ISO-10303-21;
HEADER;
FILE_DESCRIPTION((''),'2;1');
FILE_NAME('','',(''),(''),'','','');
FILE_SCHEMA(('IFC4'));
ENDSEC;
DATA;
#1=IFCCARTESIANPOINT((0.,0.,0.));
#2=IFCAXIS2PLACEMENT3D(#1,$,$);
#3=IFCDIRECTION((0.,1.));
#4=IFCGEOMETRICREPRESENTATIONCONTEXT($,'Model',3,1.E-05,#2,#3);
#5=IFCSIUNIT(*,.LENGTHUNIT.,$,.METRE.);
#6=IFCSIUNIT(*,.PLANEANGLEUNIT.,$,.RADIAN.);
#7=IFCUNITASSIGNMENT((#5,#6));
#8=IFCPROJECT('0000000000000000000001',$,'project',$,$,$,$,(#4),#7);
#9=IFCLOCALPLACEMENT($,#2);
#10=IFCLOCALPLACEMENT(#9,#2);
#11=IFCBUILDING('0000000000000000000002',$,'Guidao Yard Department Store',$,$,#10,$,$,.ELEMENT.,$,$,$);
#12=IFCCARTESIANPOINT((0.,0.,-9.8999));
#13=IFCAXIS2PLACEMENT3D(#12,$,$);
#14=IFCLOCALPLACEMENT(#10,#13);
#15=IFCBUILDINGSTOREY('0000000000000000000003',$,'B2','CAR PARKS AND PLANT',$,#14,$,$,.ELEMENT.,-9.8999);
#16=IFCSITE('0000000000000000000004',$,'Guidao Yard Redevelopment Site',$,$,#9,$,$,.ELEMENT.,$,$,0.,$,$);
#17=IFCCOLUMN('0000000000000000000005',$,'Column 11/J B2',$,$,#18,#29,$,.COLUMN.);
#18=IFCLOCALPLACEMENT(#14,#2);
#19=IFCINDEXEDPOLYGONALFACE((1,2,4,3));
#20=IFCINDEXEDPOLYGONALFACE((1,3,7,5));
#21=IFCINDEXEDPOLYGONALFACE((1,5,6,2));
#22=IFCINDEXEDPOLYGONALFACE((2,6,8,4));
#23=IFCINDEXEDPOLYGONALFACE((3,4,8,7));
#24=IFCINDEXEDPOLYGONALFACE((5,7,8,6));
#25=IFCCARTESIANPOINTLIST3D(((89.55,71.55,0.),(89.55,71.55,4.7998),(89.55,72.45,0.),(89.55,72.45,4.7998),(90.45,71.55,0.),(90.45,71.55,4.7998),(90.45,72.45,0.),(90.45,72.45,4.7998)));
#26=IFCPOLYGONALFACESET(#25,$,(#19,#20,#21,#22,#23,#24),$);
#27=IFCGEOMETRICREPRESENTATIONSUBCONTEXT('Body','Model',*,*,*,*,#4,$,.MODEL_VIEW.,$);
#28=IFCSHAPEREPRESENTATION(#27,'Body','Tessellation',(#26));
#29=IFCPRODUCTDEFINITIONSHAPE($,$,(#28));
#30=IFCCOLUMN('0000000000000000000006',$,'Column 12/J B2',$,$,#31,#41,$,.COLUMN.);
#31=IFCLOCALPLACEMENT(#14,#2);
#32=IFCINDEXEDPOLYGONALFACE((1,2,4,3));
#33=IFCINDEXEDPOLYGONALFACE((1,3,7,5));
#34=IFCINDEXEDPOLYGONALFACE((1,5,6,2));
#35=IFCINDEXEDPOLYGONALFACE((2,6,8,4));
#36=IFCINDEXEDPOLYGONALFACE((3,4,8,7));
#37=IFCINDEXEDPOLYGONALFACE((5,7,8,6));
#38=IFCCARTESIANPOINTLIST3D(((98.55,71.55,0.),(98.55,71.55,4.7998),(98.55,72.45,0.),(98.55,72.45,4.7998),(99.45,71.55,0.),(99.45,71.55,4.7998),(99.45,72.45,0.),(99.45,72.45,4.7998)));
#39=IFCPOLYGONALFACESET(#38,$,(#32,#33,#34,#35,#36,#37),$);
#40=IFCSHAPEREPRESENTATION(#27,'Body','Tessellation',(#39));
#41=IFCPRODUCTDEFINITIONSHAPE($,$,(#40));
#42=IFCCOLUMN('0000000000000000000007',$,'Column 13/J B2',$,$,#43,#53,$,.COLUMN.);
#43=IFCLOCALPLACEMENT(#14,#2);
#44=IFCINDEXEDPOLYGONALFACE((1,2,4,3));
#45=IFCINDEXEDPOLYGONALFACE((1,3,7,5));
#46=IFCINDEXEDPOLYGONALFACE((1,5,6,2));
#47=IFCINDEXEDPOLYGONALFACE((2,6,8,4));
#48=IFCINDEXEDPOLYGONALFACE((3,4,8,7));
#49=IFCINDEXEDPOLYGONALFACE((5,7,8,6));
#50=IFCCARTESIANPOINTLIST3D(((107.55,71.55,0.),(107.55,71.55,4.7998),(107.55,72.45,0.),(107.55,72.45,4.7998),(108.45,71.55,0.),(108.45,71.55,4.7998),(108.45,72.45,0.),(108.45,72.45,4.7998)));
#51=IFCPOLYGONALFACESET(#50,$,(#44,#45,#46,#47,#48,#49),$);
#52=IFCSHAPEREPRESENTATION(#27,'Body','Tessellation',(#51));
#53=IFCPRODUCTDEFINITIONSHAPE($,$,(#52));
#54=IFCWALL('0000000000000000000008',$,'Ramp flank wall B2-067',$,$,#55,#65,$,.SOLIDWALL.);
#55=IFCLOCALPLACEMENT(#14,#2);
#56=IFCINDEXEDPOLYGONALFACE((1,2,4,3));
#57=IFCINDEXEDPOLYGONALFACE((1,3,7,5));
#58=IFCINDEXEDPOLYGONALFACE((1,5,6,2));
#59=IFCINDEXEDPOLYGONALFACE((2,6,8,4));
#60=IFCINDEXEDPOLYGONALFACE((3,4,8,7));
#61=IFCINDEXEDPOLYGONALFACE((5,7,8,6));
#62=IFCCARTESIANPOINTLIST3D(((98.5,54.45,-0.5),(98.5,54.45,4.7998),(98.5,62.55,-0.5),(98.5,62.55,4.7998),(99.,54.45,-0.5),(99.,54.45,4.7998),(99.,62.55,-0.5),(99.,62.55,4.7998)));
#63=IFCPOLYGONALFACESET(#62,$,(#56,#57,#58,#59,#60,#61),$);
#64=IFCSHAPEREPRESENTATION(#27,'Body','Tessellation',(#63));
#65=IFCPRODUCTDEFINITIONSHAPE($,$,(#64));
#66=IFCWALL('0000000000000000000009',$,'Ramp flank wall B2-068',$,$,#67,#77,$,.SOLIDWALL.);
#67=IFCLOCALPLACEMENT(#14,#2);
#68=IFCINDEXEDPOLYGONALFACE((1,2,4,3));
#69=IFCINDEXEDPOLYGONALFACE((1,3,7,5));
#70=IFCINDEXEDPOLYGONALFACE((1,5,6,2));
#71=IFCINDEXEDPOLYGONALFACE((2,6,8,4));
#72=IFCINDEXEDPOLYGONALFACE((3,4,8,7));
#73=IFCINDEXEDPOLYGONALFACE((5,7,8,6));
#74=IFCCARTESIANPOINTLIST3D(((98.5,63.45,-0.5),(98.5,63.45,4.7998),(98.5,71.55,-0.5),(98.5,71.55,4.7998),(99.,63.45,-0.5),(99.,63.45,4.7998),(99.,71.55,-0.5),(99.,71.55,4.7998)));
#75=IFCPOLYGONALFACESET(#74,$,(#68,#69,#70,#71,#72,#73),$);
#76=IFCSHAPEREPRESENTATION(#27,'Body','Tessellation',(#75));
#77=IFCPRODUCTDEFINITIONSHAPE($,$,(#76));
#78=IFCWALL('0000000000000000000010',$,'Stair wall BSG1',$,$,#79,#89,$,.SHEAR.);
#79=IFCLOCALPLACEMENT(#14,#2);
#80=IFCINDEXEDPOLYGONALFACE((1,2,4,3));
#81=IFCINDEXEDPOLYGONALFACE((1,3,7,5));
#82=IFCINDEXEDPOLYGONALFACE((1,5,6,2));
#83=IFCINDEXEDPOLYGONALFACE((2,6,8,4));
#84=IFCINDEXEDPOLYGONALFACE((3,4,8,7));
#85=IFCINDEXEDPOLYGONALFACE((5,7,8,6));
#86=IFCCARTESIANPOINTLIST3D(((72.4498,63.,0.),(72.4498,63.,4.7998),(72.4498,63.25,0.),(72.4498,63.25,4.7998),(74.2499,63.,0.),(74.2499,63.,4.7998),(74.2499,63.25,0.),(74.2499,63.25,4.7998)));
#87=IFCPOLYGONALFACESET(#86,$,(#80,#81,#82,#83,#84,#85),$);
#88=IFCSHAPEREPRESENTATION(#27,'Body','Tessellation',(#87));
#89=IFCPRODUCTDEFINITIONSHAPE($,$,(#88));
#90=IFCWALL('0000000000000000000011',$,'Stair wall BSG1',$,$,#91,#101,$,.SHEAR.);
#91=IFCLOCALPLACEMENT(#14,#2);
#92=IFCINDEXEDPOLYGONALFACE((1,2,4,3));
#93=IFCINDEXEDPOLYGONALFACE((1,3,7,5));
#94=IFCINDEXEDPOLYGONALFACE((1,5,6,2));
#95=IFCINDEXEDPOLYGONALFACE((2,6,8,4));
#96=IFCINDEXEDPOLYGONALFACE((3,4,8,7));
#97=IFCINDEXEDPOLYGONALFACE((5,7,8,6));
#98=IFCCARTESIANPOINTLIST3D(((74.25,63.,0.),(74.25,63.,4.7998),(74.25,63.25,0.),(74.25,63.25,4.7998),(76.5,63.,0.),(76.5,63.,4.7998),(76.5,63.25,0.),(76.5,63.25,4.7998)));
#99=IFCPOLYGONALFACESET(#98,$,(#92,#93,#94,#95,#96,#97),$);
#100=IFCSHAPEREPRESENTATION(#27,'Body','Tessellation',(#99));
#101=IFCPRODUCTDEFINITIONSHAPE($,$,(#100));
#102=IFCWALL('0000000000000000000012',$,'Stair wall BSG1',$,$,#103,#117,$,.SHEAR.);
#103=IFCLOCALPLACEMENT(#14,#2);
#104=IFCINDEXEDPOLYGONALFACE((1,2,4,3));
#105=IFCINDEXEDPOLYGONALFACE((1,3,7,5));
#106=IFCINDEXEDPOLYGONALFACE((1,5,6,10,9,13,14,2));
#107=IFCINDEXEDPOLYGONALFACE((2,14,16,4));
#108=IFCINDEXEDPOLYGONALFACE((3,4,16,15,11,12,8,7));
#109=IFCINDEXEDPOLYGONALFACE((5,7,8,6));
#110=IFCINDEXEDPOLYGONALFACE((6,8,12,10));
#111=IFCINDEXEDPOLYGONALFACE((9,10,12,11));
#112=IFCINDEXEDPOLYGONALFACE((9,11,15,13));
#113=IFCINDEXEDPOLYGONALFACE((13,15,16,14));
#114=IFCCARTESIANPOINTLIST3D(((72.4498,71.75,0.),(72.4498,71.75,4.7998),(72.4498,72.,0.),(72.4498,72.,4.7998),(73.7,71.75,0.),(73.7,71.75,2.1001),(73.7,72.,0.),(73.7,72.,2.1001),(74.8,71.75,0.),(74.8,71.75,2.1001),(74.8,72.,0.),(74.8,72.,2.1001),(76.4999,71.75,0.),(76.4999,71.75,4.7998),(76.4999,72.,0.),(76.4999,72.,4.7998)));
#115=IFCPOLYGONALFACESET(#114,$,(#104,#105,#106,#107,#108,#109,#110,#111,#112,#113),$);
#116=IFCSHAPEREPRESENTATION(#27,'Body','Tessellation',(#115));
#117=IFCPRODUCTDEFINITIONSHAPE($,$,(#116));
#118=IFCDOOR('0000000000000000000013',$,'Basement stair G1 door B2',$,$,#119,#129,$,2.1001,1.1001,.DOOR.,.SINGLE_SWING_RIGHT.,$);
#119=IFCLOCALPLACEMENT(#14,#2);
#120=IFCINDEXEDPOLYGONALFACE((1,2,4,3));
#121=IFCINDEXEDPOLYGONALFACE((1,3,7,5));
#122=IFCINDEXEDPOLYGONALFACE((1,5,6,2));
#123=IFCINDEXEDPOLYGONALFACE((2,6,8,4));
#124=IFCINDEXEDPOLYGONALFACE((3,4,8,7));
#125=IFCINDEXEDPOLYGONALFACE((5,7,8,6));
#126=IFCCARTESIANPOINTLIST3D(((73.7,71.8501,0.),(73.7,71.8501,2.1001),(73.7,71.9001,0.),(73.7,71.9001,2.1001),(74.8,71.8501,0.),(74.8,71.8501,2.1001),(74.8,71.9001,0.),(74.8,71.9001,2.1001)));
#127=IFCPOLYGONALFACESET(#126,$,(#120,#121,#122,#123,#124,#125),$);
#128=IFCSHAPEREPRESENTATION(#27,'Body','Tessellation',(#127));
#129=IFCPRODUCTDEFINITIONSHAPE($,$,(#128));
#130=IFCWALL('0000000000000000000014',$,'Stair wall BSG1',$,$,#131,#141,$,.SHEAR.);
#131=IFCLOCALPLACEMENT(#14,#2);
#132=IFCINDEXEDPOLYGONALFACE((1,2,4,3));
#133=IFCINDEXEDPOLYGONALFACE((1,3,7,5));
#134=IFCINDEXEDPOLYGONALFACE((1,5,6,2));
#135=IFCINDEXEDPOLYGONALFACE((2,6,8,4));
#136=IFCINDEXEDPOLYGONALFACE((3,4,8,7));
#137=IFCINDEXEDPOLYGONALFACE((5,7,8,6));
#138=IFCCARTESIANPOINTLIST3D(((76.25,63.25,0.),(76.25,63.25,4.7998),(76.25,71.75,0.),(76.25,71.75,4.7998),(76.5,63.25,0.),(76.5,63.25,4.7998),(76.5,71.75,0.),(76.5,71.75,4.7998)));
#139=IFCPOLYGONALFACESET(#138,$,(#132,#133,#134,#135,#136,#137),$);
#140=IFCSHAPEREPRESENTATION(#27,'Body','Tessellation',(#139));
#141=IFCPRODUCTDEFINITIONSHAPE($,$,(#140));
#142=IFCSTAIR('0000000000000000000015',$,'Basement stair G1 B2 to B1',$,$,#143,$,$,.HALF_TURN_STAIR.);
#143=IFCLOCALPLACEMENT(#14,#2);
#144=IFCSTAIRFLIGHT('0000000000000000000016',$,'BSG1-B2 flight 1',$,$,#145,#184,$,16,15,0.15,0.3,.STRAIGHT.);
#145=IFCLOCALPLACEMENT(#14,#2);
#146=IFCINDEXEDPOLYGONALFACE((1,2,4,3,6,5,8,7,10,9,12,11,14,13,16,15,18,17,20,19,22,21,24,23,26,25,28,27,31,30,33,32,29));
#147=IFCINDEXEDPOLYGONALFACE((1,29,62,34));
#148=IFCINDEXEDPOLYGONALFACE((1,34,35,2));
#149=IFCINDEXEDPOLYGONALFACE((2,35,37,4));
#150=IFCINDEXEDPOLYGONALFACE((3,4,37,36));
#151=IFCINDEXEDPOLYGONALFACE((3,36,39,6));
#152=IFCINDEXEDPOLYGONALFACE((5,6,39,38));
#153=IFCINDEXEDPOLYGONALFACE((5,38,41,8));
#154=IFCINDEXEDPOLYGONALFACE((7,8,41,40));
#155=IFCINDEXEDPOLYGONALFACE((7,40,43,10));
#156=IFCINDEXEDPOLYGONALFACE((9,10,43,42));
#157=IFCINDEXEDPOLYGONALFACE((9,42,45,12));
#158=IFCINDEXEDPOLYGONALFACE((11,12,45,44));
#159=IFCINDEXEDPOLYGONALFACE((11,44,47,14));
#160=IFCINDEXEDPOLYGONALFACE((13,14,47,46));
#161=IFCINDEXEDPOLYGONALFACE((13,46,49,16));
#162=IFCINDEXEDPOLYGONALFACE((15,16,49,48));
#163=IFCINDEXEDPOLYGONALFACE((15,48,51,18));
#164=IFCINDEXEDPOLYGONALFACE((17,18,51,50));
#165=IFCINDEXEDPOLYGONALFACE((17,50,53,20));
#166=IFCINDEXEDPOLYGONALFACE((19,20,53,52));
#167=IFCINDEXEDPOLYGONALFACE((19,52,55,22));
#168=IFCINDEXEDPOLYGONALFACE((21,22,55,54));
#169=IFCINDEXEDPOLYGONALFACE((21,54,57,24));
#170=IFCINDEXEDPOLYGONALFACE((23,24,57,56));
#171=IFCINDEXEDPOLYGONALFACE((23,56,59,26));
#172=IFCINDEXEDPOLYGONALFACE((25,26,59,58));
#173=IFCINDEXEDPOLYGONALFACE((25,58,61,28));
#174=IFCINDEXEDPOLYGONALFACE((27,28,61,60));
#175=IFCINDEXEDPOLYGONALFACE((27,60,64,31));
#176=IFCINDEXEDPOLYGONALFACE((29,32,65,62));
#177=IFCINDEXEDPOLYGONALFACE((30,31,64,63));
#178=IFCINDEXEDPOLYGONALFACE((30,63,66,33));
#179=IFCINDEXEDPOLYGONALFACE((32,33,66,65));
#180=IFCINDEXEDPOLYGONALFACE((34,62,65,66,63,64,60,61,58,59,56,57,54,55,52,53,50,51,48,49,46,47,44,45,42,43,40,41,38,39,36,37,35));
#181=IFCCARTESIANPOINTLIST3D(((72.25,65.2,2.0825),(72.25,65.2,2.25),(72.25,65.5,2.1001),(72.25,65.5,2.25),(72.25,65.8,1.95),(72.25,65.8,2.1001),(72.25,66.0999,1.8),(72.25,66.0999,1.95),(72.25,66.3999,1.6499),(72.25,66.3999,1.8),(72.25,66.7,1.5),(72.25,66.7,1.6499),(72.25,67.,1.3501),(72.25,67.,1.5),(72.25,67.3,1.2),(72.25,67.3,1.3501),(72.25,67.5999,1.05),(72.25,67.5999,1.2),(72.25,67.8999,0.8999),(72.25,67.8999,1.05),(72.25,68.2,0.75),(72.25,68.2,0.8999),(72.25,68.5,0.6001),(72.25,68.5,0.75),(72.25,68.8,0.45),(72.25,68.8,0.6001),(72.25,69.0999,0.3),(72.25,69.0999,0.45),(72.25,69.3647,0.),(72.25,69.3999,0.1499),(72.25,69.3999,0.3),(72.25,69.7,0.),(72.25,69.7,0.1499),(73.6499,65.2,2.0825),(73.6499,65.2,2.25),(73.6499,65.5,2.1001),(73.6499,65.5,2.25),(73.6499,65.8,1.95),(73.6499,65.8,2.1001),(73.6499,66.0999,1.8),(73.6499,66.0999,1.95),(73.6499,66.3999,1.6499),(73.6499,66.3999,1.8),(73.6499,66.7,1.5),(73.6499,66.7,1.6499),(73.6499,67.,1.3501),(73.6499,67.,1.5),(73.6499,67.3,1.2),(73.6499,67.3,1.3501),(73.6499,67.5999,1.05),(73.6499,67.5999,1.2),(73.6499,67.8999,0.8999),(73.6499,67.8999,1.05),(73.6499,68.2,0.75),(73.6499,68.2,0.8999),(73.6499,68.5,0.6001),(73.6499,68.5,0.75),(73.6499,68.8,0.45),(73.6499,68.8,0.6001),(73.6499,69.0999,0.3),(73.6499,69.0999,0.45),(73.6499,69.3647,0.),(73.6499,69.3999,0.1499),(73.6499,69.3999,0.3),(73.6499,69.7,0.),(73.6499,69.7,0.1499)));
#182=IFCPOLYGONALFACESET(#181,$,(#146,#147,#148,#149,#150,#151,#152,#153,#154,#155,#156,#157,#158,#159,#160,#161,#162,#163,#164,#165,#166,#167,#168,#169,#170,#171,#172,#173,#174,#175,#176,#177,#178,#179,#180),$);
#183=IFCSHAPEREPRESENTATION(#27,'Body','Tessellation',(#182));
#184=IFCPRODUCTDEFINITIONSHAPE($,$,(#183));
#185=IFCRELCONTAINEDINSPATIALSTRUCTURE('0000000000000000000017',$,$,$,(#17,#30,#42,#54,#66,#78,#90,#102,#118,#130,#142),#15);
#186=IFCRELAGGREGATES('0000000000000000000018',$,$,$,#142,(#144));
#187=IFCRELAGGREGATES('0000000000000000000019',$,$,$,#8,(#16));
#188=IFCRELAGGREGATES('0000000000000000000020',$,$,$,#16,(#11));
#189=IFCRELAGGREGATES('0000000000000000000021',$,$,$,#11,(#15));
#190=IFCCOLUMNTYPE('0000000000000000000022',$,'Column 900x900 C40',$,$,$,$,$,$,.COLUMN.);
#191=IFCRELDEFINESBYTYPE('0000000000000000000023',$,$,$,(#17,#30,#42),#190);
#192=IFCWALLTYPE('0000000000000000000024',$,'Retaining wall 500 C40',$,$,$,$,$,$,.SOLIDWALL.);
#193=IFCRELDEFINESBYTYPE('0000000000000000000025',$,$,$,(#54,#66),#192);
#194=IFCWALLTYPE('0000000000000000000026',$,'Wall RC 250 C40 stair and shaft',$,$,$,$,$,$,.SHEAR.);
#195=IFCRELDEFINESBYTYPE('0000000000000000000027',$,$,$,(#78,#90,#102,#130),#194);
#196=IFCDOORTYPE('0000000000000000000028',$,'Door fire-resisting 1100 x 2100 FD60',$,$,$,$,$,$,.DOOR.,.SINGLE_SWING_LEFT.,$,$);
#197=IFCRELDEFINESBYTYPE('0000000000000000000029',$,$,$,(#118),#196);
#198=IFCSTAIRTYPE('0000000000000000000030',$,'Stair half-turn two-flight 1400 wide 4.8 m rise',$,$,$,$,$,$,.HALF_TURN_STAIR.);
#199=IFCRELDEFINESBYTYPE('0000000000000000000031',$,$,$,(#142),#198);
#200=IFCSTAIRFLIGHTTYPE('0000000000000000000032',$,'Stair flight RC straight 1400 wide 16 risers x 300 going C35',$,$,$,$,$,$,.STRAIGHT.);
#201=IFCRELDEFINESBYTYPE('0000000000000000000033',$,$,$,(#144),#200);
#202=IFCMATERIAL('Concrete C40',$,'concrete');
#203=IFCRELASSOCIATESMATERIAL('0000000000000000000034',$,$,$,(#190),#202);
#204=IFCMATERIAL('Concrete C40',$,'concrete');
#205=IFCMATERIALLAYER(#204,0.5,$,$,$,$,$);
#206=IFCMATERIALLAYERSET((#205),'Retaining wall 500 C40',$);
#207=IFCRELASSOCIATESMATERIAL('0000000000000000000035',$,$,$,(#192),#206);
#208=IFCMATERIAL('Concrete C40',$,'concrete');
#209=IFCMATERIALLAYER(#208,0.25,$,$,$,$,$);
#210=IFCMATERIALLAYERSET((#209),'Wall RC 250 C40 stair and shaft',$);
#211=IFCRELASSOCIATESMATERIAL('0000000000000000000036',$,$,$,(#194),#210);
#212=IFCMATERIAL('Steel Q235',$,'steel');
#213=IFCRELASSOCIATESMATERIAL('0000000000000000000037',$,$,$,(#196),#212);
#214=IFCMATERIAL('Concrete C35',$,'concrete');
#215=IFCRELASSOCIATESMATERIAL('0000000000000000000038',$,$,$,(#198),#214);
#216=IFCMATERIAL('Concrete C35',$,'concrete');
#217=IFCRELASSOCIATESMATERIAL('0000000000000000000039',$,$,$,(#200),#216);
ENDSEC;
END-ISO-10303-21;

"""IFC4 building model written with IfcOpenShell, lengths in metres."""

from ifc_helpers import new_model, si_unit, direction, frame, frame_2d, origin, origin_2d, place, context, subcontext, project, spatial, polyline, rectangle, outline, extrude, material, layer, layer_set, material_profile, profile_set, type_object, element, fill, aggregate, save


model = new_model("IFC4")

# Units and contexts
model_context = context("Model", 3, precision=1e-05, world=origin(), true_north=direction((0.0, 1.0)))
body_context = subcontext(model_context, "Body", "Model", "MODEL_VIEW")
ifc_project = project(units=[si_unit("LENGTHUNIT", "METRE"), si_unit("PLANEANGLEUNIT", "RADIAN")], contexts=[model_context])

# Site, building, storey
site_placement = place(None, origin())
site = spatial("IfcSite", under=ifc_project, at=site_placement, Name="Guidao Yard Redevelopment Site", CompositionType="ELEMENT", RefElevation=0.0)
building_placement = place(site_placement, origin())
building = spatial("IfcBuilding", under=site, at=building_placement, Name="Guidao Yard Department Store", CompositionType="ELEMENT")
storey_placement = place(building_placement, frame((0.0, 0.0, -9.8999)))
storey = spatial("IfcBuildingStorey", under=building, at=storey_placement, Name="B2", Description="CAR PARKS AND PLANT", CompositionType="ELEMENT", Elevation=-9.8999)

# Columns
ifc_material_1 = material(Name="Concrete C40", Category="concrete")
ifc_material_profile = material_profile(ifc_material_1, rectangle(XDim=0.8999, YDim=0.8999, at=origin_2d()), Name="COL 900x900")
ifc_profile_set = profile_set([ifc_material_profile], Name="Concrete C40")
column_type = type_object("IfcColumnType", Name="Column 900x900 C40", PredefinedType="COLUMN", material=ifc_profile_set)
for number, where, z_axis, x_axis, name in (
    (1, (90.0, 72.0, 0.0), (0.0, 0.0, 1.0), (1.0, 0.0, 0.0), "Column 11/J B2"),
    (2, (99.0, 72.0, 0.0), (0.0, 0.0, 1.0), (1.0, 0.0, 0.0), "Column 12/J B2"),
    (3, (108.0, 72.0, 0.0), (0.0, 0.0, 1.0), (1.0, 0.0, 0.0), "Column 13/J B2"),
):
    element("IfcColumn", number, at=place(storey_placement, frame(where, z_axis=z_axis, x_axis=x_axis)), inside=storey, type_object=column_type, Name=name, PredefinedType="COLUMN", context=body_context, shape_type="SweptSolid", body=[
        extrude(rectangle(XDim=0.8999, YDim=0.8999, at=origin_2d()), origin(), (0.0, 0.0, 1.0), 4.7998),
    ])

# Walls
ifc_material_2 = material(Name="Concrete C40", Category="concrete")
ifc_layer_1 = layer(ifc_material_2, 0.5)
ifc_layer_set_1 = layer_set([ifc_layer_1], Name="Retaining wall 500 C40")
wall_type_1 = type_object("IfcWallType", Name="Retaining wall 500 C40", PredefinedType="SOLIDWALL", material=ifc_layer_set_1)
for number, where, z_axis, x_axis, name in (
    (4, (98.75, 54.45, -0.5), (0.0, 0.0, 1.0), (0.0, 1.0, 0.0), "Ramp flank wall B2-067"),
    (5, (98.75, 63.45, -0.5), (0.0, 0.0, 1.0), (0.0, 1.0, 0.0), "Ramp flank wall B2-068"),
):
    element("IfcWall", number, at=place(storey_placement, frame(where, z_axis=z_axis, x_axis=x_axis)), inside=storey, type_object=wall_type_1, Name=name, PredefinedType="SOLIDWALL", context=body_context, shape_type="SweptSolid", body=[
        extrude(rectangle(XDim=8.1001, YDim=0.5, at=frame_2d((4.05, 0.0))), origin(), (0.0, 0.0, 1.0), 5.2998),
    ])
ifc_material_3 = material(Name="Concrete C40", Category="concrete")
ifc_layer_2 = layer(ifc_material_3, 0.25)
ifc_layer_set_2 = layer_set([ifc_layer_2], Name="Wall RC 250 C40 stair and shaft")
wall_type_2 = type_object("IfcWallType", Name="Wall RC 250 C40 stair and shaft", PredefinedType="SHEAR", material=ifc_layer_set_2)
wall_1_placement = place(storey_placement, frame((72.45, 63.125, 0.0), z_axis=(0.0, 0.0, 1.0), x_axis=(1.0, 0.0, 0.0)))
element("IfcWall", 6, at=wall_1_placement, inside=storey, type_object=wall_type_2, Name="Stair wall BSG1", PredefinedType="SHEAR", context=body_context, shape_type="SweptSolid", body=[
    extrude(rectangle(XDim=1.8, YDim=0.25, at=frame_2d((0.8999, 0.0))), origin(), (0.0, 0.0, 1.0), 4.7998),
])
wall_2_placement = place(storey_placement, frame((74.25, 63.125, 0.0), z_axis=(0.0, 0.0, 1.0), x_axis=(1.0, 0.0, 0.0)))
element("IfcWall", 7, at=wall_2_placement, inside=storey, type_object=wall_type_2, Name="Stair wall BSG1", PredefinedType="SHEAR", context=body_context, shape_type="SweptSolid", body=[
    extrude(rectangle(XDim=2.25, YDim=0.25, at=frame_2d((1.125, 0.0))), origin(), (0.0, 0.0, 1.0), 4.7998),
])

# Wall, opening, door
wall_3_placement = place(storey_placement, frame((72.45, 71.875, 0.0), z_axis=(0.0, 0.0, 1.0), x_axis=(1.0, 0.0, 0.0)))
wall_3 = element("IfcWall", 8, at=wall_3_placement, inside=storey, type_object=wall_type_2, Name="Stair wall BSG1", PredefinedType="SHEAR", context=body_context, shape_type="SweptSolid", body=[
    extrude(rectangle(XDim=4.05, YDim=0.25, at=frame_2d((2.0249, 0.0))), origin(), (0.0, 0.0, 1.0), 4.7998),
])
opening_placement = place(wall_3_placement, frame((2.3501, 0.0, 0.0), z_axis=(0.0, 0.0, 1.0), x_axis=(-1.0, 0.0, 0.0)))
opening = element("IfcOpeningElement", 9, at=opening_placement, cuts=wall_3, PredefinedType="OPENING", context=body_context, shape_type="SweptSolid", body=[
    extrude(rectangle(XDim=1.1001, YDim=2.1001, at=frame_2d((0.55, 1.05))), frame((0.0, 0.135, 0.0), z_axis=(0.0, -1.0, 0.0), x_axis=(1.0, 0.0, 0.0)), (0.0, 0.0, 1.0), 0.27),
])
ifc_material_4 = material(Name="Steel Q235", Category="steel")
door_type = type_object("IfcDoorType", Name="Door fire-resisting 1100 x 2100 FD60", OperationType="SINGLE_SWING_LEFT", PredefinedType="DOOR", material=ifc_material_4)
door_placement = place(opening_placement, origin())
door = element("IfcDoor", 10, at=door_placement, inside=storey, type_object=door_type, Name="Basement stair G1 door B2", OperationType="SINGLE_SWING_RIGHT", OverallHeight=2.1001, OverallWidth=1.1001, PredefinedType="DOOR", context=body_context, shape_type="SweptSolid", body=[
    extrude(rectangle(XDim=1.1001, YDim=2.1001, at=frame_2d((0.55, 1.05))), frame((0.0, 0.0249, 0.0), z_axis=(0.0, -1.0, 0.0), x_axis=(1.0, 0.0, 0.0)), (0.0, 0.0, 1.0), 0.05),
])
fill(opening, door)

# Wall
wall_4_placement = place(storey_placement, frame((76.375, 63.25, 0.0), z_axis=(0.0, 0.0, 1.0), x_axis=(0.0, 1.0, 0.0)))
element("IfcWall", 11, at=wall_4_placement, inside=storey, type_object=wall_type_2, Name="Stair wall BSG1", PredefinedType="SHEAR", context=body_context, shape_type="SweptSolid", body=[
    extrude(rectangle(XDim=8.5, YDim=0.25, at=frame_2d((4.25, 0.0))), origin(), (0.0, 0.0, 1.0), 4.7998),
])

# Stair, stair flight
ifc_material_5 = material(Name="Concrete C35", Category="concrete")
stair_type = type_object("IfcStairType", Name="Stair half-turn two-flight 1400 wide 4.8 m rise", PredefinedType="HALF_TURN_STAIR", material=ifc_material_5)
stair_placement = place(storey_placement, origin())
stair = element("IfcStair", 12, at=stair_placement, inside=storey, type_object=stair_type, Name="Basement stair G1 B2 to B1", PredefinedType="HALF_TURN_STAIR")
ifc_material_6 = material(Name="Concrete C35", Category="concrete")
stair_flight_type = type_object("IfcStairFlightType", Name="Stair flight RC straight 1400 wide 16 risers x 300 going C35", PredefinedType="STRAIGHT", material=ifc_material_6)
stair_flight_1_placement = place(storey_placement, frame((72.95, 69.7, 0.0), z_axis=(0.0, 0.0, 1.0), x_axis=(0.0, -1.0, 0.0)))
stair_flight_1 = element("IfcStairFlight", 13, at=stair_flight_1_placement, type_object=stair_flight_type, Name="BSG1-B2 flight 1", NumberOfRisers=16, NumberOfTreads=15, PredefinedType="STRAIGHT", RiserHeight=0.15, TreadLength=0.3, context=body_context, shape_type="SweptSolid", body=[
    extrude(outline(polyline([(0.0, 0.0), (0.0, 0.1499), (0.3, 0.1499), (0.3, 0.3), (0.6001, 0.3), (0.6001, 0.45), (0.8999, 0.45), (0.8999, 0.6001), (1.2, 0.6001), (1.2, 0.75), (1.5, 0.75), (1.5, 0.8999), (1.8, 0.8999), (1.8, 1.05), (2.1001, 1.05), (2.1001, 1.2), (2.3999, 1.2), (2.3999, 1.3501), (2.7, 1.3501), (2.7, 1.5), (3.0, 1.5), (3.0, 1.6499), (3.3, 1.6499), (3.3, 1.8), (3.6001, 1.8), (3.6001, 1.95), (3.8999, 1.95), (3.8999, 2.1001), (4.2, 2.1001), (4.2, 2.25), (4.5, 2.25), (4.5, 2.3999), (4.5, 2.0825), (0.3352, 0.0), (0.0, 0.0)])), frame((0.0, 0.7, 0.0), z_axis=(0.0, -1.0, 0.0), x_axis=(1.0, 0.0, 0.0)), (0.0, 0.0, 1.0), 1.3999),
])
aggregate(stair, [stair_flight_1])

save(model, "model.ifc")
